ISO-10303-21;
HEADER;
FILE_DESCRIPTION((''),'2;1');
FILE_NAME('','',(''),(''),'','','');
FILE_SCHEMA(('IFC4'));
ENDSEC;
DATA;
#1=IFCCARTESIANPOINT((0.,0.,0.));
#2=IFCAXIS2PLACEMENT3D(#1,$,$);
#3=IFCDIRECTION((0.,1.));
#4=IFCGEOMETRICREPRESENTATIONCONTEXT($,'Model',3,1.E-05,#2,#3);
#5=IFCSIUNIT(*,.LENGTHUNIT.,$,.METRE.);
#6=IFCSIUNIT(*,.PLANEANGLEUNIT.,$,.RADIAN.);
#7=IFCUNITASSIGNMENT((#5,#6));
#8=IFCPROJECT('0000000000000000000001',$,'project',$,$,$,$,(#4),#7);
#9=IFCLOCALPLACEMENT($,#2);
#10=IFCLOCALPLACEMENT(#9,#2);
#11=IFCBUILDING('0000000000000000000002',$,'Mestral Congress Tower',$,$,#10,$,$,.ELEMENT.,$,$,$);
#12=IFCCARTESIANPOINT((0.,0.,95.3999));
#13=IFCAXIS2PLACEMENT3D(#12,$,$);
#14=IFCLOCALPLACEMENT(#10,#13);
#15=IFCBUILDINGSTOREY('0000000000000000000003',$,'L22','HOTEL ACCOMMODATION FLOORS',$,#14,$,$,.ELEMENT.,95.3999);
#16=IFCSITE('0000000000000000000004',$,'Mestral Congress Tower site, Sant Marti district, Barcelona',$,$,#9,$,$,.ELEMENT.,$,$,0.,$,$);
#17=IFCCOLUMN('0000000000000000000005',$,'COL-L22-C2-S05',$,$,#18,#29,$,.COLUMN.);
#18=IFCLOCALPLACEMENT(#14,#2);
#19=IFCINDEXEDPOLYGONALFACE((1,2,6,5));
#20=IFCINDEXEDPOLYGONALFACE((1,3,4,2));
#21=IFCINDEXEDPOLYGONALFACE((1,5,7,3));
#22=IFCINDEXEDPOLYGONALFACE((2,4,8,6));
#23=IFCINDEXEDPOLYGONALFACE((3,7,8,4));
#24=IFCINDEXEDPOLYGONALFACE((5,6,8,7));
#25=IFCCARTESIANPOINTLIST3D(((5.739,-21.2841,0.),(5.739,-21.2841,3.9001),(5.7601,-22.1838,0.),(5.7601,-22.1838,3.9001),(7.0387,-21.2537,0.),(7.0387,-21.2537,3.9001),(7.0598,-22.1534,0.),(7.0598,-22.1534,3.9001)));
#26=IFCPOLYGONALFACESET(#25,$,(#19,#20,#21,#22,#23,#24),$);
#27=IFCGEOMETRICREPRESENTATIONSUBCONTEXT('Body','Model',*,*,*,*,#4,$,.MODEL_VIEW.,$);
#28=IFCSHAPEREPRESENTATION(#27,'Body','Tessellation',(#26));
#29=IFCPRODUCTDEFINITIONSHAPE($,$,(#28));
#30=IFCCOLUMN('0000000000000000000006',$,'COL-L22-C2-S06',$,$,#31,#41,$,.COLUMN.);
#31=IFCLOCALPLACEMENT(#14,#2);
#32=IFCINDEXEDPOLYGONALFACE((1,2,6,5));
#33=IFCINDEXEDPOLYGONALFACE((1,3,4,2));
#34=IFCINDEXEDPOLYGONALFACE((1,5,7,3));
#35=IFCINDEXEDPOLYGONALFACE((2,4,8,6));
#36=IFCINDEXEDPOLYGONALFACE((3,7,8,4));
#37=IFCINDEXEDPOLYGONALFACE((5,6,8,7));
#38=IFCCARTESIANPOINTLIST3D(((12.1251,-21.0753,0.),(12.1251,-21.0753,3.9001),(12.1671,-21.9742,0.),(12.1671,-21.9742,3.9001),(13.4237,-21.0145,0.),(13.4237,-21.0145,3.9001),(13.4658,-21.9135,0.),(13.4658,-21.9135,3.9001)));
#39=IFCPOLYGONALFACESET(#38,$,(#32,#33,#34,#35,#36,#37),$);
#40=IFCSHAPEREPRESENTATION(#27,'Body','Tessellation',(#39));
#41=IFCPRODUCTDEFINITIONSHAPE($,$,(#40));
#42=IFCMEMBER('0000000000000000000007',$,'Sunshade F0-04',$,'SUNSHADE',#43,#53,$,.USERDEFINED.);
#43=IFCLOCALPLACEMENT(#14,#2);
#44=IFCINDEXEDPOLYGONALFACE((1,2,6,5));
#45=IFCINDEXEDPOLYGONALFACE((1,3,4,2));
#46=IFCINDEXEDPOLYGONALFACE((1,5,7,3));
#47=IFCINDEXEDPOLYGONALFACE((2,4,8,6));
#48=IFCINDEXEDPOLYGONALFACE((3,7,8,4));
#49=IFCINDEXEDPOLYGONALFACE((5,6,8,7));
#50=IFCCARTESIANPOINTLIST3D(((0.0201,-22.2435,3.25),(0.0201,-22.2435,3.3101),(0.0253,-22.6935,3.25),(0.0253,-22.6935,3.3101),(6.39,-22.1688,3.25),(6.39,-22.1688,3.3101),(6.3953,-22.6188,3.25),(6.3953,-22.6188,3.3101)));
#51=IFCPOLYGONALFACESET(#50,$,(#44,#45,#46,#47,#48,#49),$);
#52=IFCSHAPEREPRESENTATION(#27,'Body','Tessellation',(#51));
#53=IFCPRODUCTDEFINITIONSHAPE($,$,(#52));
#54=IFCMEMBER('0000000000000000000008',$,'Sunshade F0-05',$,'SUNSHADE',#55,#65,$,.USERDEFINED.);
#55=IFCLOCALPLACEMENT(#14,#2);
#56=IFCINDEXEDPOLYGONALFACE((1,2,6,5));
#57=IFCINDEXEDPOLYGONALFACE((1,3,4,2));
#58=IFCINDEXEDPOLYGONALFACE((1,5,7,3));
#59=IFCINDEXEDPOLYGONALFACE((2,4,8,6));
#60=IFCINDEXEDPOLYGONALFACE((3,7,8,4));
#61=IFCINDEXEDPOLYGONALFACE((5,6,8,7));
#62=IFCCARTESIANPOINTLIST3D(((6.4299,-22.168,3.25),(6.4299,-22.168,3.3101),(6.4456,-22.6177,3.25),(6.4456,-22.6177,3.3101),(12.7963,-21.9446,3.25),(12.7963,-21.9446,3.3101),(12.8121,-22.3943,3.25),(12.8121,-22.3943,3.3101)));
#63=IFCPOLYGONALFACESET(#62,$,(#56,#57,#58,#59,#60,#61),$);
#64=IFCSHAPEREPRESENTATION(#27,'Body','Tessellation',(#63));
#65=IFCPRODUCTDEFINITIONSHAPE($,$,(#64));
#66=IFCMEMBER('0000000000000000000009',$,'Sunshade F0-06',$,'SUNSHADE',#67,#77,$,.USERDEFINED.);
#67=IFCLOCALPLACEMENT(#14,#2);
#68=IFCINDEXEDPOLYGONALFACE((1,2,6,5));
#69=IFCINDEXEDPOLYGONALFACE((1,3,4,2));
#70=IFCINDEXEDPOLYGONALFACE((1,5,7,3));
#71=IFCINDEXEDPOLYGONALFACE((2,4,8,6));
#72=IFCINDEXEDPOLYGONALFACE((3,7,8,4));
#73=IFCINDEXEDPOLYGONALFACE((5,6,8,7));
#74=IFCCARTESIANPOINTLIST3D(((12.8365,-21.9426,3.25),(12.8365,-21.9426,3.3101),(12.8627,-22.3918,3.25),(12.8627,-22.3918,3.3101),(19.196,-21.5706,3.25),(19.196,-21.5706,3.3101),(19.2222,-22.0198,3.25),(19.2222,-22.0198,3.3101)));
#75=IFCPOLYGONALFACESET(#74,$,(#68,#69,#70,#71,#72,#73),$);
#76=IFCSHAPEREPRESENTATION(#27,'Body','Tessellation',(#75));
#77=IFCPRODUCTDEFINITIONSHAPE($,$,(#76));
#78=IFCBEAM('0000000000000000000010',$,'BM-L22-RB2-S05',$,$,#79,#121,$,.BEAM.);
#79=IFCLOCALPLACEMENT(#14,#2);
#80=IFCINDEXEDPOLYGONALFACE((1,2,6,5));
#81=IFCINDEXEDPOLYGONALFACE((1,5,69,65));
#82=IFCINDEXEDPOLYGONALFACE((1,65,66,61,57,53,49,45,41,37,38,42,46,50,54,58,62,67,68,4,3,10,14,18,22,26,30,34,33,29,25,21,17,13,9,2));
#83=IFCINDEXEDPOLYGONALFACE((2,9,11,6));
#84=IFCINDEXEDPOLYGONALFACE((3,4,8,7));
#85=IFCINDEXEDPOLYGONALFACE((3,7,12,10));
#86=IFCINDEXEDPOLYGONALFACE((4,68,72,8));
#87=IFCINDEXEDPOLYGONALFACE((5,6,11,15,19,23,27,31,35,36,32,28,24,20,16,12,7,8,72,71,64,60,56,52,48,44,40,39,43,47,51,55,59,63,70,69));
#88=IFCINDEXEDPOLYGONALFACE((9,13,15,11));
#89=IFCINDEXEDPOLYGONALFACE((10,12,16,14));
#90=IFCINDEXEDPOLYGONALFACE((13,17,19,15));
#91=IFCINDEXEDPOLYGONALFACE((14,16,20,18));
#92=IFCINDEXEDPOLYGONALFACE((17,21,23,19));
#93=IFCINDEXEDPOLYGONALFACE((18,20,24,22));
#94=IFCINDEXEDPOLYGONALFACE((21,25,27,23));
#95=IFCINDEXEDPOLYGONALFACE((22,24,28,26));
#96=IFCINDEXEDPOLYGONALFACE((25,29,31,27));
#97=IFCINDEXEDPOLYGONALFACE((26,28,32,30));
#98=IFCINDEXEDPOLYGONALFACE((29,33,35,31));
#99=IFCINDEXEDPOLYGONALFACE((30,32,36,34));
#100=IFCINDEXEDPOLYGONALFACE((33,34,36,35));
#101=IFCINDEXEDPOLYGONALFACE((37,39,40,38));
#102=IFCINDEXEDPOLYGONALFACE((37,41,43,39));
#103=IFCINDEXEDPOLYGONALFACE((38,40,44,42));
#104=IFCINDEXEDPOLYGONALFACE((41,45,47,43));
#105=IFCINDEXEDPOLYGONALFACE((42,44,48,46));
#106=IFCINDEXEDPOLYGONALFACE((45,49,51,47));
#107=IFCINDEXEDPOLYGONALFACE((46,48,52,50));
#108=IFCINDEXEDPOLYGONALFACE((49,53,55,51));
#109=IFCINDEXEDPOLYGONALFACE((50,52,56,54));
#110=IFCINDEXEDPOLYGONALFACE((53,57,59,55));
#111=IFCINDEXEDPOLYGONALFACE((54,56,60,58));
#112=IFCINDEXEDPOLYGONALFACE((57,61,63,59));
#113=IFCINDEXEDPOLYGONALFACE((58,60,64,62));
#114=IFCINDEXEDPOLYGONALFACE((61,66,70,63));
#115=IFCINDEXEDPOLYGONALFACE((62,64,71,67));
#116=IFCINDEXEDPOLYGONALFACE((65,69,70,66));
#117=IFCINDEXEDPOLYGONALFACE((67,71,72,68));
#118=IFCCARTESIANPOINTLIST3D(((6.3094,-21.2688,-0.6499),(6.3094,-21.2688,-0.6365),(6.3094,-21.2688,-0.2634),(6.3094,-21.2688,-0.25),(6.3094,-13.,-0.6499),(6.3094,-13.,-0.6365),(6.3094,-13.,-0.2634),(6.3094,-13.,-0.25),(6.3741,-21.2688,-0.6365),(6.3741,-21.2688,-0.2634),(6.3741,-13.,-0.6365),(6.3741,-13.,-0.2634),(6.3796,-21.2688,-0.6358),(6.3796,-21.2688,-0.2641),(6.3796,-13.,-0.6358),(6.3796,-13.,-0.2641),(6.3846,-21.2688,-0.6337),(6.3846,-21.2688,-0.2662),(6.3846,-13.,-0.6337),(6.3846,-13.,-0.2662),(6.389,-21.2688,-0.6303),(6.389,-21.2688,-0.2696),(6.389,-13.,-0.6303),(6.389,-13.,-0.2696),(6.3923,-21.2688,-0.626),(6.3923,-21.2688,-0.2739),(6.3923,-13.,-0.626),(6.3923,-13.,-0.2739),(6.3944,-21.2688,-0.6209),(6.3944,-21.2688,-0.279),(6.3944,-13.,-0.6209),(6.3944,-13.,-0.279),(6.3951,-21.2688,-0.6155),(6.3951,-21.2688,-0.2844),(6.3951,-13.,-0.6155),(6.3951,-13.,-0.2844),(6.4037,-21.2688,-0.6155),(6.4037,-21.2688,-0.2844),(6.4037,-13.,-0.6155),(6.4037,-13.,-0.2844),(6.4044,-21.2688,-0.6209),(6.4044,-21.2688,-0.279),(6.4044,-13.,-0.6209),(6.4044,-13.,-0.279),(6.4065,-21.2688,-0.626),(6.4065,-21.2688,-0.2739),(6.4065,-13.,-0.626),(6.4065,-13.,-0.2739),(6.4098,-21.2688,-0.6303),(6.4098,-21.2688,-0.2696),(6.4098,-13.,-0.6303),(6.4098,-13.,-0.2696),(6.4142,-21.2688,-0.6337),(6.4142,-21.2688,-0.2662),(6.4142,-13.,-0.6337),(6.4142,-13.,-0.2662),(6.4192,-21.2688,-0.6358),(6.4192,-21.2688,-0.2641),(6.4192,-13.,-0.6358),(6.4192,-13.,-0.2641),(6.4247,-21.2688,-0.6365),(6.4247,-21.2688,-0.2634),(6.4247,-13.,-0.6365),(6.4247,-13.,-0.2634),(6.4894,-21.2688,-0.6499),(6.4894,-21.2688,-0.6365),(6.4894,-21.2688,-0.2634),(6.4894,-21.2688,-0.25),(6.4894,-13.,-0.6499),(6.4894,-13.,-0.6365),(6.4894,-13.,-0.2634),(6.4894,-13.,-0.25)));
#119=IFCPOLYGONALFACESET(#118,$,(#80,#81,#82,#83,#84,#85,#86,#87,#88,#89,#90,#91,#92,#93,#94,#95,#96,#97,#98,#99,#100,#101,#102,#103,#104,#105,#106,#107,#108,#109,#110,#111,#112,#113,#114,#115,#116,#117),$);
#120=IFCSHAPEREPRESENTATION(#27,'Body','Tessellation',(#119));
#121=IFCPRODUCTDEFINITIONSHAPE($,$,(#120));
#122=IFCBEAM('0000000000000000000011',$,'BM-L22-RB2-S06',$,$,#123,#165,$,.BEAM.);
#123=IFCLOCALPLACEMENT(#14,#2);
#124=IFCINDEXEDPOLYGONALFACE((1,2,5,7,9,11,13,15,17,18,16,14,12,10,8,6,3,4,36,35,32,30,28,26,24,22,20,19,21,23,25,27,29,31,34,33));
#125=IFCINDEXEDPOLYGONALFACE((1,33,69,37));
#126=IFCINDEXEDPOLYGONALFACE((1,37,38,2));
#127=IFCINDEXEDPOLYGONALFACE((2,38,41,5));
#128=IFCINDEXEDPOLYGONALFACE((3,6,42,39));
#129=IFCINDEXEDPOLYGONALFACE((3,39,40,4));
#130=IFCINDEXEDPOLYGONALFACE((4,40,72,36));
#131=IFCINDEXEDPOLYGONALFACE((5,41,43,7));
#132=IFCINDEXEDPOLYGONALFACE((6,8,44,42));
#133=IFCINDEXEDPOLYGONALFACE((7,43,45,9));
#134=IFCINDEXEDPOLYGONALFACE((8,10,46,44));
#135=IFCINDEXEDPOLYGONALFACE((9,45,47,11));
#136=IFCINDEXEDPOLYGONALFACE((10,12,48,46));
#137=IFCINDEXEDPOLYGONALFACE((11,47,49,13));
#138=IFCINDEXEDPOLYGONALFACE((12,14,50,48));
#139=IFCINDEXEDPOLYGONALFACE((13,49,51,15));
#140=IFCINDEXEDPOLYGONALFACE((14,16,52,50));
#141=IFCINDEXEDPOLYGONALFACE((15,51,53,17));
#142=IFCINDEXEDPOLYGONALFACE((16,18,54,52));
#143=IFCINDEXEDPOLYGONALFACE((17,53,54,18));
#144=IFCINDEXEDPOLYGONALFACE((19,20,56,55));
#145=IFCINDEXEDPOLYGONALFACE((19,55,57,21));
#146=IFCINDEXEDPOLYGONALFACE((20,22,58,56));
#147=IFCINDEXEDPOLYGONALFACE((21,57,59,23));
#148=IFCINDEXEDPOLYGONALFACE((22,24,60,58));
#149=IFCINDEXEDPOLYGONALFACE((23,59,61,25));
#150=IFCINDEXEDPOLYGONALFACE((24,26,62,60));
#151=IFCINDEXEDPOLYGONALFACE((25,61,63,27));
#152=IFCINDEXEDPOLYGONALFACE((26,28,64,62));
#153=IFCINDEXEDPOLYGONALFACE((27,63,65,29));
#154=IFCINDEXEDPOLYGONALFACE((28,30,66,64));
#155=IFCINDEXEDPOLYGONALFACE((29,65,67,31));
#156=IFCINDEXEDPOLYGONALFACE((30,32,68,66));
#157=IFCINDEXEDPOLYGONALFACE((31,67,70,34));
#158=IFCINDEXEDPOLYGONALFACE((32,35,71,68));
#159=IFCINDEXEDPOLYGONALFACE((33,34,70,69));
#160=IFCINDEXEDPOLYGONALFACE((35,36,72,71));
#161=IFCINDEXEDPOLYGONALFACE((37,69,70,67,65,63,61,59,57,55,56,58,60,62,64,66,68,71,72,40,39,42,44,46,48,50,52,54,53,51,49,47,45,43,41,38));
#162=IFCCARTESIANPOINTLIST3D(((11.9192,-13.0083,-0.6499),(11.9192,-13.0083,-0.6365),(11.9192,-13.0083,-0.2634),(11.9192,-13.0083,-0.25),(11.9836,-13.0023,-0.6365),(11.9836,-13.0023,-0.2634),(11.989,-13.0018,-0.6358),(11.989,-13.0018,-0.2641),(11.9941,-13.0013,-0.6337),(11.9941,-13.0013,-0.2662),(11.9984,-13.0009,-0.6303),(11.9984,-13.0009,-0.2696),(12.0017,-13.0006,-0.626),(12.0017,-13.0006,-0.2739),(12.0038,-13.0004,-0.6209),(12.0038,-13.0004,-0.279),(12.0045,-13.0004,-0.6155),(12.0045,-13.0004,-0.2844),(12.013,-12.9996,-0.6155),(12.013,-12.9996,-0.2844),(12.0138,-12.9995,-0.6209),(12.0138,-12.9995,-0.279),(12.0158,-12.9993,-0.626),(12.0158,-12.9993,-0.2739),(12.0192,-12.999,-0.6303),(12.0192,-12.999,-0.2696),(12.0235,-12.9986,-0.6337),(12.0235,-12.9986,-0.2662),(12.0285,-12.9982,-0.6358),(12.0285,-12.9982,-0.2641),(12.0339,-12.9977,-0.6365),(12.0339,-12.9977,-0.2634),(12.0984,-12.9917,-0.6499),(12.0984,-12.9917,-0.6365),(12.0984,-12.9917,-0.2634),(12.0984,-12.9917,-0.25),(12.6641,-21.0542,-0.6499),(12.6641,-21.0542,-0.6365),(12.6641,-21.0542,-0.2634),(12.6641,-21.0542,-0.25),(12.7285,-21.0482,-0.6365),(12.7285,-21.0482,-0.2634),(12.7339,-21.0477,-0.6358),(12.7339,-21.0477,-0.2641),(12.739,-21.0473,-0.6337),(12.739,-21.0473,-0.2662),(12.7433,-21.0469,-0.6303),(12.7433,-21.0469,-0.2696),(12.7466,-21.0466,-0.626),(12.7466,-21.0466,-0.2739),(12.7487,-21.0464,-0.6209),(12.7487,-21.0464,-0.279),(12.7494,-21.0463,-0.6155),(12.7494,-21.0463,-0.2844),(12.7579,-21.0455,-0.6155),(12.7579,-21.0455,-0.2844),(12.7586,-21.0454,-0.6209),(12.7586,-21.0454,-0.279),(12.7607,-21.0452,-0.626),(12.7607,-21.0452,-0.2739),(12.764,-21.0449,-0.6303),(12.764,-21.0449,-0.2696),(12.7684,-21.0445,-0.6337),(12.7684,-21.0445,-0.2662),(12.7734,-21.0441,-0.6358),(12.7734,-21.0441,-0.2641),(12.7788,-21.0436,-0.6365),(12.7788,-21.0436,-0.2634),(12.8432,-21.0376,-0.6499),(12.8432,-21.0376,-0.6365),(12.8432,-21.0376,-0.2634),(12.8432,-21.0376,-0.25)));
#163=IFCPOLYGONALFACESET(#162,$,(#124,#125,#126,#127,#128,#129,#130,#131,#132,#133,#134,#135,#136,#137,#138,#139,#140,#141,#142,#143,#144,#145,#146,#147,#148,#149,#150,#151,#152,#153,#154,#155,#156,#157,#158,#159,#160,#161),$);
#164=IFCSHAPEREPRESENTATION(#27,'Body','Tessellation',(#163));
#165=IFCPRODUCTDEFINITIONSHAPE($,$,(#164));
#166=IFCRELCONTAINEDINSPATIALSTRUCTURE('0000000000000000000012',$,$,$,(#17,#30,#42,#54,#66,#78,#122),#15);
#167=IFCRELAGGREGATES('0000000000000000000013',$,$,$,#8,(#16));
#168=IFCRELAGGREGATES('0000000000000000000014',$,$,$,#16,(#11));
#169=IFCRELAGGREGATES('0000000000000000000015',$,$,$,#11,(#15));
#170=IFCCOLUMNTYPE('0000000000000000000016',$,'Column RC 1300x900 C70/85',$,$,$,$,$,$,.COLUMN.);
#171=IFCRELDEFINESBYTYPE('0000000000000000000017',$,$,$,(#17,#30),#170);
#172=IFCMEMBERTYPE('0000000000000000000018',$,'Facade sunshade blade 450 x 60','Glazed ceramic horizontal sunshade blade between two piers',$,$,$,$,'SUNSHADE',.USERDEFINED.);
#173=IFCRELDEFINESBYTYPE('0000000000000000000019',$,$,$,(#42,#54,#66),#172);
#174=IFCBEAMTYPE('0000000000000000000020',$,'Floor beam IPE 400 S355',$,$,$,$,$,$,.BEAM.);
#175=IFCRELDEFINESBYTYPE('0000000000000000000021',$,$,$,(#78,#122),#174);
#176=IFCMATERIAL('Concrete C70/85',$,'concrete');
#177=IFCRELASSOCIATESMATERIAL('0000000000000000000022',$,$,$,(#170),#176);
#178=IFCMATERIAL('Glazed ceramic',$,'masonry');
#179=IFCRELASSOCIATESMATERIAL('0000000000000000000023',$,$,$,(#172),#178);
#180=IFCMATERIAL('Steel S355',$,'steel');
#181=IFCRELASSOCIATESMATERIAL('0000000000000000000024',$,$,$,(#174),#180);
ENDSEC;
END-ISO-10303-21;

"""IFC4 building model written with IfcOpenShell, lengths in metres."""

from ifc_helpers import new_model, si_unit, direction, frame, origin, origin_2d, place, context, subcontext, project, spatial, rectangle, i_section, extrude, material, material_profile, profile_set, type_object, element, save


model = new_model("IFC4")

# Units and contexts
model_context = context("Model", 3, precision=1e-05, world=origin(), true_north=direction((0.0, 1.0)))
body_context = subcontext(model_context, "Body", "Model", "MODEL_VIEW")
ifc_project = project(units=[si_unit("LENGTHUNIT", "METRE"), si_unit("PLANEANGLEUNIT", "RADIAN")], contexts=[model_context])

# Site, building, storey
site_placement = place(None, origin())
site = spatial("IfcSite", under=ifc_project, at=site_placement, Name="Mestral Congress Tower site, Sant Marti district, Barcelona", CompositionType="ELEMENT", RefElevation=0.0)
building_placement = place(site_placement, origin())
building = spatial("IfcBuilding", under=site, at=building_placement, Name="Mestral Congress Tower", CompositionType="ELEMENT")
storey_placement = place(building_placement, frame((0.0, 0.0, 95.3999)))
storey = spatial("IfcBuildingStorey", under=building, at=storey_placement, Name="L22", Description="HOTEL ACCOMMODATION FLOORS", CompositionType="ELEMENT", Elevation=95.3999)

# Columns
ifc_material_1 = material(Name="Concrete C70/85", Category="concrete")
ifc_material_profile_1 = material_profile(ifc_material_1, rectangle(XDim=1.3, YDim=0.8999, at=origin_2d()), Name="RC 1300x900")
ifc_profile_set_1 = profile_set([ifc_material_profile_1], Name="Concrete C70/85")
column_type = type_object("IfcColumnType", Name="Column RC 1300x900 C70/85", PredefinedType="COLUMN", material=ifc_profile_set_1)
for number, where, z_axis, x_axis, name in (
    (1, (6.3994, -21.7188, 0.0), (0.0, 0.0, 1.0), (0.999727, 0.023384, 0.0), "COL-L22-C2-S05"),
    (2, (12.7954, -21.4944, 0.0), (0.0, 0.0, 1.0), (0.998906, 0.046756, 0.0), "COL-L22-C2-S06"),
):
    element("IfcColumn", number, at=place(storey_placement, frame(where, z_axis=z_axis, x_axis=x_axis)), inside=storey, type_object=column_type, Name=name, PredefinedType="COLUMN", context=body_context, shape_type="SweptSolid", body=[
        extrude(rectangle(XDim=1.3, YDim=0.8999, at=origin_2d()), origin(), (0.0, 0.0, 1.0), 3.9001),
    ])

# Members
ifc_material_2 = material(Name="Glazed ceramic", Category="masonry")
ifc_material_profile_2 = material_profile(ifc_material_2, rectangle(XDim=0.45, YDim=0.0601, at=origin_2d()), Name="Ceramic blade 450 x 60")
ifc_profile_set_2 = profile_set([ifc_material_profile_2], Name="Glazed ceramic")
member_type = type_object("IfcMemberType", Name="Facade sunshade blade 450 x 60", Description="Glazed ceramic horizontal sunshade blade between two piers", ElementType="SUNSHADE", PredefinedType="USERDEFINED", material=ifc_profile_set_2)
for number, where, z_axis, x_axis, name in (
    (3, (0.0227, -22.4685, 3.28), (0.999931, 0.011727, 0.0), (-0.011727, 0.999931, 0.0), "Sunshade F0-04"),
    (4, (6.4377, -22.3928, 3.28), (0.999385, 0.035067, 0.0), (-0.035067, 0.999385, 0.0), "Sunshade F0-05"),
    (5, (12.8496, -22.1672, 3.28), (0.998293, 0.058407, 0.0), (-0.058407, 0.998293, 0.0), "Sunshade F0-06"),
):
    element("IfcMember", number, at=place(storey_placement, frame(where, z_axis=z_axis, x_axis=x_axis)), inside=storey, type_object=member_type, Name=name, ObjectType="SUNSHADE", PredefinedType="USERDEFINED", context=body_context, shape_type="SweptSolid", body=[
        extrude(rectangle(XDim=0.45, YDim=0.0601, at=origin_2d()), origin(), (0.0, 0.0, 1.0), 6.3704),
    ])

# Beams
ifc_material_3 = material(Name="Steel S355", Category="steel")
ifc_material_profile_3 = material_profile(ifc_material_3, i_section(OverallWidth=0.1799, OverallDepth=0.3999, WebThickness=0.0085, FlangeThickness=0.0134, FilletRadius=0.021, at=origin_2d()), Name="IPE 400")
ifc_profile_set_3 = profile_set([ifc_material_profile_3], Name="Steel S355")
beam_type_1 = type_object("IfcBeamType", Name="Floor beam IPE 400 S355", PredefinedType="BEAM", material=ifc_profile_set_3)
beam_1_placement = place(storey_placement, frame((6.3994, -21.2688, -0.45), z_axis=(0.0, 1.0, 0.0), x_axis=(-1.0, 0.0, 0.0)))
element("IfcBeam", 6, at=beam_1_placement, inside=storey, type_object=beam_type_1, Name="BM-L22-RB2-S05", PredefinedType="BEAM", context=body_context, shape_type="SweptSolid", body=[
    extrude(i_section(OverallWidth=0.1799, OverallDepth=0.3999, WebThickness=0.0085, FlangeThickness=0.0134, FilletRadius=0.021, at=origin_2d()), origin(), (0.0, 0.0, 1.0), 8.2688),
])
beam_2_placement = place(storey_placement, frame((12.7537, -21.0459, -0.45), z_axis=(-0.092184, 0.995742, 0.0), x_axis=(-0.995742, -0.092184, 0.0)))
element("IfcBeam", 7, at=beam_2_placement, inside=storey, type_object=beam_type_1, Name="BM-L22-RB2-S06", PredefinedType="BEAM", context=body_context, shape_type="SweptSolid", body=[
    extrude(i_section(OverallWidth=0.1799, OverallDepth=0.3999, WebThickness=0.0085, FlangeThickness=0.0134, FilletRadius=0.021, at=origin_2d()), origin(), (0.0, 0.0, 1.0), 8.0803),
])

save(model, "model.ifc")
